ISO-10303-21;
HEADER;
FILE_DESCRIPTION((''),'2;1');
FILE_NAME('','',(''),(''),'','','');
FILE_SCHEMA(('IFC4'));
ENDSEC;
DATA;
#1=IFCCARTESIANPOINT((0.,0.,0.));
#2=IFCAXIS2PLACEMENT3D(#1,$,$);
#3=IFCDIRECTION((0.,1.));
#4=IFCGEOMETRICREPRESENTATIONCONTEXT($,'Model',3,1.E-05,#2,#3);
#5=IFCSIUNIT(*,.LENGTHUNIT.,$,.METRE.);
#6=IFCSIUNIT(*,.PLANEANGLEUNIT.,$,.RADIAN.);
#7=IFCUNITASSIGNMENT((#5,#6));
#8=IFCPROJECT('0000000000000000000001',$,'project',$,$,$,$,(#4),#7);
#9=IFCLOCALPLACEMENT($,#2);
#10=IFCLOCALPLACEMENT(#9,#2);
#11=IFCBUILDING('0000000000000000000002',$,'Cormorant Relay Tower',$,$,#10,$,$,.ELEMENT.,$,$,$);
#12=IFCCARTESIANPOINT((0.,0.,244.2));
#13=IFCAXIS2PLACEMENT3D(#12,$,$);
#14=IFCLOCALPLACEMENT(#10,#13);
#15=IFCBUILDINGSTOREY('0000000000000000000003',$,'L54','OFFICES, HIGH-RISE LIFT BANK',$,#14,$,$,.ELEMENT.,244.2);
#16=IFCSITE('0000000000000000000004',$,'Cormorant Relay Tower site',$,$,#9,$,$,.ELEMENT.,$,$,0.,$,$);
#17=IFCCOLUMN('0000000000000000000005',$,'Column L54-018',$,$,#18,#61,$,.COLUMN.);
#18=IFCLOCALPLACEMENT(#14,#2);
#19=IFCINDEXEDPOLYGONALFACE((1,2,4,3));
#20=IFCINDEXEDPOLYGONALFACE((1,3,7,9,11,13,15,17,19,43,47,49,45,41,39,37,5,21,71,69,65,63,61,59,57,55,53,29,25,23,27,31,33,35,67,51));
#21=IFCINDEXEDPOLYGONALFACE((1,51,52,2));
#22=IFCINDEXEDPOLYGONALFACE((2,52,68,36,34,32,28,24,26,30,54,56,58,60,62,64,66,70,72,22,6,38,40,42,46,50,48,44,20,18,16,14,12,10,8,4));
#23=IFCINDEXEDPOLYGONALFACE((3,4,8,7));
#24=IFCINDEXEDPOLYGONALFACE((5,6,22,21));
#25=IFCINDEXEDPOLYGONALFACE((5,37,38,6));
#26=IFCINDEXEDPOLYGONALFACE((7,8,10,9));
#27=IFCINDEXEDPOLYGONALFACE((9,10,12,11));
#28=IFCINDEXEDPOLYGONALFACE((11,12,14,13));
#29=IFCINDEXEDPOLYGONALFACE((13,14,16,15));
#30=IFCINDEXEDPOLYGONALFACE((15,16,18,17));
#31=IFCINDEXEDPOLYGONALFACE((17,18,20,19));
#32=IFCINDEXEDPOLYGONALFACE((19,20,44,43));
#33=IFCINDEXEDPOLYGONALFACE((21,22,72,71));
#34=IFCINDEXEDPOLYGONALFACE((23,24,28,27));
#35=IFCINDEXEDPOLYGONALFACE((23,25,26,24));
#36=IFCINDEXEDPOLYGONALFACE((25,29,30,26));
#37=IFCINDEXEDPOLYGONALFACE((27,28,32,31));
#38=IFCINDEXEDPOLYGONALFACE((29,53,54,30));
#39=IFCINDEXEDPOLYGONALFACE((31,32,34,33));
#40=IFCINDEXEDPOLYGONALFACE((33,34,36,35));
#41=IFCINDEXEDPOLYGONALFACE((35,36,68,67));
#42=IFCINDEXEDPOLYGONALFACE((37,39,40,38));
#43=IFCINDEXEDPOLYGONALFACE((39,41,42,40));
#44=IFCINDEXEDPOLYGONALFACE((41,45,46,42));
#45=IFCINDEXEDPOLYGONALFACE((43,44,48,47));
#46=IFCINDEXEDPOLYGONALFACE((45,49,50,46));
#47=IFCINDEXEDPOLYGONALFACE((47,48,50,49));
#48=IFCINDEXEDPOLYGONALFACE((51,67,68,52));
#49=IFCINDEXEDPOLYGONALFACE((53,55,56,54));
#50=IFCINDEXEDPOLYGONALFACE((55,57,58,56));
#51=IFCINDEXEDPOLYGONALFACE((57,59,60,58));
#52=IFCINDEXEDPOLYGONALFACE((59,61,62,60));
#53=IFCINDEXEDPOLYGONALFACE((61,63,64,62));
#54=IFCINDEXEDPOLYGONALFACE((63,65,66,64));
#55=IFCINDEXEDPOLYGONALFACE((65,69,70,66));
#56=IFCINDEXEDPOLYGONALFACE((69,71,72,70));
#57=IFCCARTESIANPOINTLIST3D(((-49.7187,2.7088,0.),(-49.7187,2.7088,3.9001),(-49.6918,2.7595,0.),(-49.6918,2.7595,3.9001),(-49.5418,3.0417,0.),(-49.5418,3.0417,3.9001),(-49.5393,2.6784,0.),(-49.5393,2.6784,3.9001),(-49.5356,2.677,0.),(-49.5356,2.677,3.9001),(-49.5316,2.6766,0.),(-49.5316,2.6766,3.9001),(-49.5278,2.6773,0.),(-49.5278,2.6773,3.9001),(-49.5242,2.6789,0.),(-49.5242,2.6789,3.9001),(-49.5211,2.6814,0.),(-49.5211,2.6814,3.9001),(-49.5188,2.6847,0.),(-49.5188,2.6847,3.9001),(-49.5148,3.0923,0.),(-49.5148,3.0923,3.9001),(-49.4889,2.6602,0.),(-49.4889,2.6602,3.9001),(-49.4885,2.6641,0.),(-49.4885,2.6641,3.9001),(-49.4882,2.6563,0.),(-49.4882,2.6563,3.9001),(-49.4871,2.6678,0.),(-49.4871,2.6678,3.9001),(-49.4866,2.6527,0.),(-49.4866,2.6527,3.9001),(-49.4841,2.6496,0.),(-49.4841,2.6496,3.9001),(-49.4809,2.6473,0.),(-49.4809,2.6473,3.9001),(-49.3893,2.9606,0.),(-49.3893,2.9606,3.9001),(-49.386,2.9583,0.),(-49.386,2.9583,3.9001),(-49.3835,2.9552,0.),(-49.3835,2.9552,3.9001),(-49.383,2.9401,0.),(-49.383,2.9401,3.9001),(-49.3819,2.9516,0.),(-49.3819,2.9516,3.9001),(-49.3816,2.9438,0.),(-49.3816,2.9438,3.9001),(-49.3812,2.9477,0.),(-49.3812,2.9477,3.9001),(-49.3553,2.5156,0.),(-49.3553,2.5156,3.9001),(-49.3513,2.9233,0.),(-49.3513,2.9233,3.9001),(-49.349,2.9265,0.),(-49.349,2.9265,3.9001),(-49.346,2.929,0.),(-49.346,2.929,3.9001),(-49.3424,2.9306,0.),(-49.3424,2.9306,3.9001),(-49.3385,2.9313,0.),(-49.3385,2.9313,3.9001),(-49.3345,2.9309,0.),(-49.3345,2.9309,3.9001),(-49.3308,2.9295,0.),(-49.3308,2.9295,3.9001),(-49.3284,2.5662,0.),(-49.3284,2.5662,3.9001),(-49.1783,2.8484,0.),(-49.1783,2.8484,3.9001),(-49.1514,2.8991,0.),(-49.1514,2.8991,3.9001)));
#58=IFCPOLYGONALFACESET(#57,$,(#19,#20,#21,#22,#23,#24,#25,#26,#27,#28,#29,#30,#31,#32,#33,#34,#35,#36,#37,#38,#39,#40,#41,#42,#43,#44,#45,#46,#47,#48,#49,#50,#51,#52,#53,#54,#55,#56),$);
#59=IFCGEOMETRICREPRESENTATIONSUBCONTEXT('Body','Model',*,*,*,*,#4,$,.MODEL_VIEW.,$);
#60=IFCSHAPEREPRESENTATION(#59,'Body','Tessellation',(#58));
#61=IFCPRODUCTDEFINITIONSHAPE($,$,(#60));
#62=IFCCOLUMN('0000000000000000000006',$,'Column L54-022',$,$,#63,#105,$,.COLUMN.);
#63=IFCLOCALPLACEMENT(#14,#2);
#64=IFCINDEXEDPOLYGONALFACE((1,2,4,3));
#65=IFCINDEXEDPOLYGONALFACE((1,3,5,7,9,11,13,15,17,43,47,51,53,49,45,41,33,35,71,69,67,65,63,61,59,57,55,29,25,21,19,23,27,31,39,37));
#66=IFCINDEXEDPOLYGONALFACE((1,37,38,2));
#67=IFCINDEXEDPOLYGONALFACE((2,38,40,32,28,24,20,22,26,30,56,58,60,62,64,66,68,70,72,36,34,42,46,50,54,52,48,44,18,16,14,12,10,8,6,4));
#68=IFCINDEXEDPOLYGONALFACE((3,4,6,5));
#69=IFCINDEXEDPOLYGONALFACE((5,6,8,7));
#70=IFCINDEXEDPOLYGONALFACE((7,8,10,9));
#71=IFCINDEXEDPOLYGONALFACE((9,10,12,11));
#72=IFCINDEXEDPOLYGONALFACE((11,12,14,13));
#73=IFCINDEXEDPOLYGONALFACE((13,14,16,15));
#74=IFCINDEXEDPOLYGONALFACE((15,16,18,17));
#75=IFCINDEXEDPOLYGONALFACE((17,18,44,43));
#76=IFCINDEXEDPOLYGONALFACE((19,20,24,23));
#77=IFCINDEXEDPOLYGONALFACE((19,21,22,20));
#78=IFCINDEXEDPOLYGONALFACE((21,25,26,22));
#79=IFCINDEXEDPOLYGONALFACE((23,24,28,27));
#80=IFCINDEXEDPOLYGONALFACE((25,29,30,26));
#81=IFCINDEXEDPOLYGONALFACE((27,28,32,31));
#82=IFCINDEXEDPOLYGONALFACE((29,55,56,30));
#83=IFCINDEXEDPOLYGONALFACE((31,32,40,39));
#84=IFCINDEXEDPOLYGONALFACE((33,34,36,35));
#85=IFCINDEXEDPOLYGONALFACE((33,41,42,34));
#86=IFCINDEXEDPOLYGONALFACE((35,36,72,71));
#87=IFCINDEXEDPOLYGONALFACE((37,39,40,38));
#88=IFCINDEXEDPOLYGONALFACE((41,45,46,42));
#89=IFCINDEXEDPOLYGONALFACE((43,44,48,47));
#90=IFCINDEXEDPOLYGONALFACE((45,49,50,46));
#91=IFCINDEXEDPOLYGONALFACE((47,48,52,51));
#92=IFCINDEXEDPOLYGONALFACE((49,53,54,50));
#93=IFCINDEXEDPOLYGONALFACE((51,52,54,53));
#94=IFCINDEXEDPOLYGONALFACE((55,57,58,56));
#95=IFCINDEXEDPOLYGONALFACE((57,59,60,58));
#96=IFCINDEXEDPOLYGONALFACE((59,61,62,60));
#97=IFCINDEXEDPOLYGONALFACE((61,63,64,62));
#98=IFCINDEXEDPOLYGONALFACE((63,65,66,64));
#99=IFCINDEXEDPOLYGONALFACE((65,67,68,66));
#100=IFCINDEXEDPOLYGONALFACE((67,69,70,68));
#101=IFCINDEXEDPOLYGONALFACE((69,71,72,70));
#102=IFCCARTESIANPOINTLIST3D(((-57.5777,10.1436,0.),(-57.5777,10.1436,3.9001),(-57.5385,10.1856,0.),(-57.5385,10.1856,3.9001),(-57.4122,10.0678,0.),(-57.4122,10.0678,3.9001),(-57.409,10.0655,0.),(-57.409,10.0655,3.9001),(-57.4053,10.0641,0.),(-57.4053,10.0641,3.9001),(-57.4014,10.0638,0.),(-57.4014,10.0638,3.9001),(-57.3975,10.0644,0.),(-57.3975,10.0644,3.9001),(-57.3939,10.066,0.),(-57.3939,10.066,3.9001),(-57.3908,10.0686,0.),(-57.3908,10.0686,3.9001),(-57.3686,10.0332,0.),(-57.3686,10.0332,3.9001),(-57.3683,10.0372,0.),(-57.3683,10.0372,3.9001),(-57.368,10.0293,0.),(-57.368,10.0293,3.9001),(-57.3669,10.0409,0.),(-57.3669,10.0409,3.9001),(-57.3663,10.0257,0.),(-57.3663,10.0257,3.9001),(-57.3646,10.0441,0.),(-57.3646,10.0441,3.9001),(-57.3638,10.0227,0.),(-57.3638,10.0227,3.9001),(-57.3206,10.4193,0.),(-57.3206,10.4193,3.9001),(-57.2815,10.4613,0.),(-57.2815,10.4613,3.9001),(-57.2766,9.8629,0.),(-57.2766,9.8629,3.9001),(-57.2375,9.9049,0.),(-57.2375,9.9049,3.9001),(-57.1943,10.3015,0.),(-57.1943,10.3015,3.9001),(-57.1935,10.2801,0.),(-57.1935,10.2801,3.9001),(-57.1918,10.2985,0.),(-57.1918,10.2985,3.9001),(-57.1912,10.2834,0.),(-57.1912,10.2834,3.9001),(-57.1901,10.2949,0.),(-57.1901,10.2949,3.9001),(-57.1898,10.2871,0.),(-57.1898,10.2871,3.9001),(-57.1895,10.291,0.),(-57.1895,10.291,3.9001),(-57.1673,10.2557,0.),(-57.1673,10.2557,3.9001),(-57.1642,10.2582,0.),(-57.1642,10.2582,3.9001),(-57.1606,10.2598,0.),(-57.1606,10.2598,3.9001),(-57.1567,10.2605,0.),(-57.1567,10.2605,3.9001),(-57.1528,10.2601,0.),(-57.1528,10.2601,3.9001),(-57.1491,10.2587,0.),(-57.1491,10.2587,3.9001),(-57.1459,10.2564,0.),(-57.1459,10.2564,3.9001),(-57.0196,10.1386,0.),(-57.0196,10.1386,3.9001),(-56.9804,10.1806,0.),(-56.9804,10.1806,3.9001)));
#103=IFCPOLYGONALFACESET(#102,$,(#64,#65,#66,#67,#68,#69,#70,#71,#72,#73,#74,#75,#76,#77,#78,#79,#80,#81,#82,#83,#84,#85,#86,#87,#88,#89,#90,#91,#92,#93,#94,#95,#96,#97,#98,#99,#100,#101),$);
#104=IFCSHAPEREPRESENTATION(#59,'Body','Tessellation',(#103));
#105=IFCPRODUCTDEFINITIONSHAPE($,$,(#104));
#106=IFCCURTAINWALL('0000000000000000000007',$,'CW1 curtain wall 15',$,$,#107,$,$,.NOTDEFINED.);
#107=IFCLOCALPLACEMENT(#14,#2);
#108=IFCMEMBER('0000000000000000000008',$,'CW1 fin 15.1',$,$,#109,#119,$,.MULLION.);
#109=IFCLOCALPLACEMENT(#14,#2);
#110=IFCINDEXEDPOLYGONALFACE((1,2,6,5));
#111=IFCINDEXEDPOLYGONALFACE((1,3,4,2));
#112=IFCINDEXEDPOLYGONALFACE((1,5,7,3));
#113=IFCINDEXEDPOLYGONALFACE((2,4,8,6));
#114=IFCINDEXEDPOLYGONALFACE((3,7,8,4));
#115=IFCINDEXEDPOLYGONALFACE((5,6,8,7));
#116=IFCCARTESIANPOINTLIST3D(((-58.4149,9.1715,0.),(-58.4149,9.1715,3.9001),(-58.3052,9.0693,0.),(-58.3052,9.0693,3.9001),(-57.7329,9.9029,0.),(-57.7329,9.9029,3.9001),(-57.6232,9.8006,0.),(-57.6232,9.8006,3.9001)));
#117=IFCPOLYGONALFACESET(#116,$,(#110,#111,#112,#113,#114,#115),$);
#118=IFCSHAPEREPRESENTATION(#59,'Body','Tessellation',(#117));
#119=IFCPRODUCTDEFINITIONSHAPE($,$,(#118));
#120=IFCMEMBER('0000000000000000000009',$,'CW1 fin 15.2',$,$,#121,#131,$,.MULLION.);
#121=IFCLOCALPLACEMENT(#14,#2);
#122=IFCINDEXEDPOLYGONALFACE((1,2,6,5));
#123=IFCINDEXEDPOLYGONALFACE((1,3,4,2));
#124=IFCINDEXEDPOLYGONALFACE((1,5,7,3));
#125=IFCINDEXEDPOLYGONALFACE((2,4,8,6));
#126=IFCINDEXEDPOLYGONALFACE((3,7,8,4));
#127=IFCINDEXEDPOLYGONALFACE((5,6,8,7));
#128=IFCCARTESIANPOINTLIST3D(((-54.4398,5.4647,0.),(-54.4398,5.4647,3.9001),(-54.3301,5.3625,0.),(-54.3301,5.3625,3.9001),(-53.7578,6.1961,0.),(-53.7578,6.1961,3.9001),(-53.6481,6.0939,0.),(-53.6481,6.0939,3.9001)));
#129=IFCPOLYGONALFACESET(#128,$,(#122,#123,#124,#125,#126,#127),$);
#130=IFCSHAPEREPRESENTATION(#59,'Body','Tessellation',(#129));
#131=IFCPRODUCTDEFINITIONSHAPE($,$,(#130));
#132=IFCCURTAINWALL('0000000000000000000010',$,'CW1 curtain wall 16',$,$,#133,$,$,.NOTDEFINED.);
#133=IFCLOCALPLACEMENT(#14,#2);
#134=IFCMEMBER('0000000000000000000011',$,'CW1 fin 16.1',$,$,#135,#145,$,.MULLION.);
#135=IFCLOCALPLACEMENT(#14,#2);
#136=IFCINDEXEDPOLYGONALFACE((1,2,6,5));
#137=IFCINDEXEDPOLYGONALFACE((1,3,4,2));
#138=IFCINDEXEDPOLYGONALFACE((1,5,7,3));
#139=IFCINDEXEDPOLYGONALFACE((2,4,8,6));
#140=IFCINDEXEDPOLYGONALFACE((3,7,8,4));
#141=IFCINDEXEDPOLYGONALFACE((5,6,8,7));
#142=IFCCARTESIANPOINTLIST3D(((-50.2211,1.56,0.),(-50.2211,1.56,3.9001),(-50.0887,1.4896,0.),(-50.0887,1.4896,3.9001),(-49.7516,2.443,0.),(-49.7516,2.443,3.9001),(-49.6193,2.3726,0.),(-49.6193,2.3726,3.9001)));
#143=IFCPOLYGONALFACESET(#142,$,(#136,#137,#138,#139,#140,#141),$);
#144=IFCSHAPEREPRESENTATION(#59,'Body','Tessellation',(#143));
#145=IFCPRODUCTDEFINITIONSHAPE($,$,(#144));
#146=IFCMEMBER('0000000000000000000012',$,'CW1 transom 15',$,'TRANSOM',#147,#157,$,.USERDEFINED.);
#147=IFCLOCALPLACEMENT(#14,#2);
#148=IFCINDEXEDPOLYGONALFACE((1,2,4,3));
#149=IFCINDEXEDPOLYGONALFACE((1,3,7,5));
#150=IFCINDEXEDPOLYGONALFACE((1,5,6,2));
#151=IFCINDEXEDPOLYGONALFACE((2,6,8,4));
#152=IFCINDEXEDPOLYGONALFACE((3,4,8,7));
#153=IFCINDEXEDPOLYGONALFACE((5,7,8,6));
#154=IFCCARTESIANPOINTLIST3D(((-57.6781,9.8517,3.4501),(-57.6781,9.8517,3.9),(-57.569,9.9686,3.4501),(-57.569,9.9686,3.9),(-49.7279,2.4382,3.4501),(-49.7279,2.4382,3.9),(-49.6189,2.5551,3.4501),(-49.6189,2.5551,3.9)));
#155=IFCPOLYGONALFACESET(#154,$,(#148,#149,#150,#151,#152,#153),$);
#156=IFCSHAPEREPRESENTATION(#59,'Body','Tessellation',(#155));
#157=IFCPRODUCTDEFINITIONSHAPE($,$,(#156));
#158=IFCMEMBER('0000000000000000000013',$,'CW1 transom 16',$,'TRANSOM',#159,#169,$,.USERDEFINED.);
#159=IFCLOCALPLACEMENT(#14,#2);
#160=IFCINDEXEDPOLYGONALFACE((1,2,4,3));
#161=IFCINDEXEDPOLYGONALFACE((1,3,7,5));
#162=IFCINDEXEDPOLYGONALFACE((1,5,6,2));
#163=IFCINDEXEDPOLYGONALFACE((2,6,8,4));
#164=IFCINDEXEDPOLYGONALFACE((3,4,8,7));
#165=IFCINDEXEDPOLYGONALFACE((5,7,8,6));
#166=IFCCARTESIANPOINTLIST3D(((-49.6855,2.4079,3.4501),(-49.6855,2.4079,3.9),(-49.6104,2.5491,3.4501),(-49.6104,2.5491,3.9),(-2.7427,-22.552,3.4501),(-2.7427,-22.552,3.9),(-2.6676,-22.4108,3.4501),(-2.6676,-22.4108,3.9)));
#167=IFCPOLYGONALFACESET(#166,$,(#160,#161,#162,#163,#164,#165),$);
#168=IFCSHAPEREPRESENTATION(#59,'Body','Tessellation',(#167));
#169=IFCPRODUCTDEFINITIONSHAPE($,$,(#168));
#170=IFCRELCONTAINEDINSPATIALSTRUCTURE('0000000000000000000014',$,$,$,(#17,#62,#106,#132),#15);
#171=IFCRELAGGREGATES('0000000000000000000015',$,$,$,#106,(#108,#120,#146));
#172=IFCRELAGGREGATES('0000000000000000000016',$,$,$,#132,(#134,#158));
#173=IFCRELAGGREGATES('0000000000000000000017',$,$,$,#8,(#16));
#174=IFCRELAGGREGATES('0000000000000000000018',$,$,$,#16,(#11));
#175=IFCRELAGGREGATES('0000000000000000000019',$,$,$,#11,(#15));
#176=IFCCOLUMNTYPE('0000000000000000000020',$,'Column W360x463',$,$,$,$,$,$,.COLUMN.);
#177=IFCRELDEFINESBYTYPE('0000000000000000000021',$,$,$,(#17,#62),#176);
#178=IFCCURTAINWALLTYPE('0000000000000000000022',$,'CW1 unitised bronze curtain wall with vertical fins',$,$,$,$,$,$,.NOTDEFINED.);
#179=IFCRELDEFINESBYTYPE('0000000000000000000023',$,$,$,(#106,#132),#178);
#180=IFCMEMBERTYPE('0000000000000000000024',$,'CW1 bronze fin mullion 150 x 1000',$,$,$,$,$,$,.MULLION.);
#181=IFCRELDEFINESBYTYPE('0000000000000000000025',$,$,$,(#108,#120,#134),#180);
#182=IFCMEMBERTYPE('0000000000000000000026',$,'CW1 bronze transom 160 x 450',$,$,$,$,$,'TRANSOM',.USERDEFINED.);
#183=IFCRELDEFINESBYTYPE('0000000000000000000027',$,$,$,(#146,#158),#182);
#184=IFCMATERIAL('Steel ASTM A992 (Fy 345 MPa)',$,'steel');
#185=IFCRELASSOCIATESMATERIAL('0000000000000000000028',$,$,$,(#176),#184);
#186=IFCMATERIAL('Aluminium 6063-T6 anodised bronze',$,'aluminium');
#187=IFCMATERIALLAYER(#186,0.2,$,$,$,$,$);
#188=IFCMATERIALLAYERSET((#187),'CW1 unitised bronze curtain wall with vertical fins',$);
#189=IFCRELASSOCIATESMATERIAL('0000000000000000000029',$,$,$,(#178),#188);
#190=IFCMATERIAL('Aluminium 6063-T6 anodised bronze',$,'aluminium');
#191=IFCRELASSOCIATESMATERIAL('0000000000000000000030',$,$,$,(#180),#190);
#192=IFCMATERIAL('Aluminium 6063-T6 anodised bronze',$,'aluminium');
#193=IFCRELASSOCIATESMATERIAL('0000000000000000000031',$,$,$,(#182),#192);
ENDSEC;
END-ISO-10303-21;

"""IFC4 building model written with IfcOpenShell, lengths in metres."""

from ifc_helpers import new_model, si_unit, direction, frame, origin, origin_2d, place, context, subcontext, project, spatial, rectangle, i_section, extrude, material, layer, layer_set, material_profile, profile_set, type_object, element, aggregate, save


model = new_model("IFC4")

# Units and contexts
model_context = context("Model", 3, precision=1e-05, world=origin(), true_north=direction((0.0, 1.0)))
body_context = subcontext(model_context, "Body", "Model", "MODEL_VIEW")
ifc_project = project(units=[si_unit("LENGTHUNIT", "METRE"), si_unit("PLANEANGLEUNIT", "RADIAN")], contexts=[model_context])

# Site, building, storey
site_placement = place(None, origin())
site = spatial("IfcSite", under=ifc_project, at=site_placement, Name="Cormorant Relay Tower site", CompositionType="ELEMENT", RefElevation=0.0)
building_placement = place(site_placement, origin())
building = spatial("IfcBuilding", under=site, at=building_placement, Name="Cormorant Relay Tower", CompositionType="ELEMENT")
storey_placement = place(building_placement, frame((0.0, 0.0, 244.2)))
storey = spatial("IfcBuildingStorey", under=building, at=storey_placement, Name="L54", Description="OFFICES, HIGH-RISE LIFT BANK", CompositionType="ELEMENT", Elevation=244.2)

# Columns
ifc_material_1 = material(Name="Steel ASTM A992 (Fy 345 MPa)", Category="steel")
ifc_material_profile_1 = material_profile(ifc_material_1, i_section(OverallWidth=0.4116, OverallDepth=0.4343, WebThickness=0.0359, FlangeThickness=0.0574, FilletRadius=0.0151, at=origin_2d()), Name="W360x463")
ifc_profile_set_1 = profile_set([ifc_material_profile_1], Name="Steel ASTM A992 (Fy 345 MPa)")
column_type = type_object("IfcColumnType", Name="Column W360x463", PredefinedType="COLUMN", material=ifc_profile_set_1)
for number, where, z_axis, x_axis, name in (
    (1, (-49.4351, 2.804, 0.0), (0.0, 0.0, 1.0), (0.882948, -0.469472, 0.0), "Column L54-018"),
    (2, (-57.2791, 10.1621, 0.0), (0.0, 0.0, 1.0), (0.731354, -0.681998, 0.0), "Column L54-022"),
):
    element("IfcColumn", number, at=place(storey_placement, frame(where, z_axis=z_axis, x_axis=x_axis)), inside=storey, type_object=column_type, Name=name, PredefinedType="COLUMN", context=body_context, shape_type="SweptSolid", body=[
        extrude(i_section(OverallWidth=0.4116, OverallDepth=0.4343, WebThickness=0.0359, FlangeThickness=0.0574, FilletRadius=0.0151, at=origin_2d()), origin(), (0.0, 0.0, 1.0), 3.9001),
    ])

# Curtain wall, members
ifc_material_2 = material(Name="Aluminium 6063-T6 anodised bronze", Category="aluminium")
ifc_layer_1 = layer(ifc_material_2, 0.2)
ifc_layer_set_1 = layer_set([ifc_layer_1], Name="CW1 unitised bronze curtain wall with vertical fins")
curtain_wall_type = type_object("IfcCurtainWallType", Name="CW1 unitised bronze curtain wall with vertical fins", PredefinedType="NOTDEFINED", material=ifc_layer_set_1)
curtain_wall_1_placement = place(storey_placement, origin())
curtain_wall_1 = element("IfcCurtainWall", 3, at=curtain_wall_1_placement, inside=storey, type_object=curtain_wall_type, Name="CW1 curtain wall 15", PredefinedType="NOTDEFINED")
ifc_material_3 = material(Name="Aluminium 6063-T6 anodised bronze", Category="aluminium")
ifc_material_profile_2 = material_profile(ifc_material_3, rectangle(XDim=0.1499, YDim=1.0, at=origin_2d()), Name="AL 150x1000")
ifc_profile_set_2 = profile_set([ifc_material_profile_2], Name="Aluminium 6063-T6 anodised bronze")
member_type_1 = type_object("IfcMemberType", Name="CW1 bronze fin mullion 150 x 1000", PredefinedType="MULLION", material=ifc_profile_set_2)
member_1_placement = place(storey_placement, frame((-58.019, 9.4861, 0.0), z_axis=(0.0, 0.0, 1.0), x_axis=(0.731354, -0.681998, 0.0)))
member_1 = element("IfcMember", 4, at=member_1_placement, type_object=member_type_1, Name="CW1 fin 15.1", PredefinedType="MULLION", context=body_context, shape_type="SweptSolid", body=[
    extrude(rectangle(XDim=0.1499, YDim=1.0, at=origin_2d()), origin(), (0.0, 0.0, 1.0), 3.9001),
])
member_2_placement = place(storey_placement, frame((-54.0439, 5.7793, 0.0), z_axis=(0.0, 0.0, 1.0), x_axis=(0.731354, -0.681998, 0.0)))
member_2 = element("IfcMember", 5, at=member_2_placement, type_object=member_type_1, Name="CW1 fin 15.2", PredefinedType="MULLION", context=body_context, shape_type="SweptSolid", body=[
    extrude(rectangle(XDim=0.1499, YDim=1.0, at=origin_2d()), origin(), (0.0, 0.0, 1.0), 3.9001),
])

# Curtain wall, member
curtain_wall_2_placement = place(storey_placement, origin())
curtain_wall_2 = element("IfcCurtainWall", 6, at=curtain_wall_2_placement, inside=storey, type_object=curtain_wall_type, Name="CW1 curtain wall 16", PredefinedType="NOTDEFINED")
member_3_placement = place(storey_placement, frame((-49.9202, 1.9663, 0.0), z_axis=(0.0, 0.0, 1.0), x_axis=(0.882948, -0.469472, 0.0)))
member_3 = element("IfcMember", 7, at=member_3_placement, type_object=member_type_1, Name="CW1 fin 16.1", PredefinedType="MULLION", context=body_context, shape_type="SweptSolid", body=[
    extrude(rectangle(XDim=0.1499, YDim=1.0, at=origin_2d()), origin(), (0.0, 0.0, 1.0), 3.9001),
])

# Members
ifc_material_4 = material(Name="Aluminium 6063-T6 anodised bronze", Category="aluminium")
ifc_material_profile_3 = material_profile(ifc_material_4, rectangle(XDim=0.1599, YDim=0.45, at=origin_2d()), Name="AL 160x450")
ifc_profile_set_3 = profile_set([ifc_material_profile_3], Name="Aluminium 6063-T6 anodised bronze")
member_type_2 = type_object("IfcMemberType", Name="CW1 bronze transom 160 x 450", ElementType="TRANSOM", PredefinedType="USERDEFINED", material=ifc_profile_set_3)
member_4_placement = place(storey_placement, frame((-57.6235, 9.9102, 3.675), z_axis=(0.731358, -0.681993, 0.0), x_axis=(0.681993, 0.731358, 0.0)))
member_4 = element("IfcMember", 8, at=member_4_placement, type_object=member_type_2, Name="CW1 transom 15", ObjectType="TRANSOM", PredefinedType="USERDEFINED", context=body_context, shape_type="SweptSolid", body=[
    extrude(rectangle(XDim=0.1599, YDim=0.45, at=origin_2d()), origin(), (0.0, 0.0, 1.0), 10.8704),
])
member_5_placement = place(storey_placement, frame((-49.6479, 2.4785, 3.675), z_axis=(0.882948, -0.469471, 0.0), x_axis=(0.469471, 0.882948, 0.0)))
member_5 = element("IfcMember", 9, at=member_5_placement, type_object=member_type_2, Name="CW1 transom 16", ObjectType="TRANSOM", PredefinedType="USERDEFINED", context=body_context, shape_type="SweptSolid", body=[
    extrude(rectangle(XDim=0.1599, YDim=0.45, at=origin_2d()), origin(), (0.0, 0.0, 1.0), 53.166),
])

aggregate(curtain_wall_1, [member_1, member_2, member_4])
aggregate(curtain_wall_2, [member_3, member_5])

save(model, "model.ifc")
